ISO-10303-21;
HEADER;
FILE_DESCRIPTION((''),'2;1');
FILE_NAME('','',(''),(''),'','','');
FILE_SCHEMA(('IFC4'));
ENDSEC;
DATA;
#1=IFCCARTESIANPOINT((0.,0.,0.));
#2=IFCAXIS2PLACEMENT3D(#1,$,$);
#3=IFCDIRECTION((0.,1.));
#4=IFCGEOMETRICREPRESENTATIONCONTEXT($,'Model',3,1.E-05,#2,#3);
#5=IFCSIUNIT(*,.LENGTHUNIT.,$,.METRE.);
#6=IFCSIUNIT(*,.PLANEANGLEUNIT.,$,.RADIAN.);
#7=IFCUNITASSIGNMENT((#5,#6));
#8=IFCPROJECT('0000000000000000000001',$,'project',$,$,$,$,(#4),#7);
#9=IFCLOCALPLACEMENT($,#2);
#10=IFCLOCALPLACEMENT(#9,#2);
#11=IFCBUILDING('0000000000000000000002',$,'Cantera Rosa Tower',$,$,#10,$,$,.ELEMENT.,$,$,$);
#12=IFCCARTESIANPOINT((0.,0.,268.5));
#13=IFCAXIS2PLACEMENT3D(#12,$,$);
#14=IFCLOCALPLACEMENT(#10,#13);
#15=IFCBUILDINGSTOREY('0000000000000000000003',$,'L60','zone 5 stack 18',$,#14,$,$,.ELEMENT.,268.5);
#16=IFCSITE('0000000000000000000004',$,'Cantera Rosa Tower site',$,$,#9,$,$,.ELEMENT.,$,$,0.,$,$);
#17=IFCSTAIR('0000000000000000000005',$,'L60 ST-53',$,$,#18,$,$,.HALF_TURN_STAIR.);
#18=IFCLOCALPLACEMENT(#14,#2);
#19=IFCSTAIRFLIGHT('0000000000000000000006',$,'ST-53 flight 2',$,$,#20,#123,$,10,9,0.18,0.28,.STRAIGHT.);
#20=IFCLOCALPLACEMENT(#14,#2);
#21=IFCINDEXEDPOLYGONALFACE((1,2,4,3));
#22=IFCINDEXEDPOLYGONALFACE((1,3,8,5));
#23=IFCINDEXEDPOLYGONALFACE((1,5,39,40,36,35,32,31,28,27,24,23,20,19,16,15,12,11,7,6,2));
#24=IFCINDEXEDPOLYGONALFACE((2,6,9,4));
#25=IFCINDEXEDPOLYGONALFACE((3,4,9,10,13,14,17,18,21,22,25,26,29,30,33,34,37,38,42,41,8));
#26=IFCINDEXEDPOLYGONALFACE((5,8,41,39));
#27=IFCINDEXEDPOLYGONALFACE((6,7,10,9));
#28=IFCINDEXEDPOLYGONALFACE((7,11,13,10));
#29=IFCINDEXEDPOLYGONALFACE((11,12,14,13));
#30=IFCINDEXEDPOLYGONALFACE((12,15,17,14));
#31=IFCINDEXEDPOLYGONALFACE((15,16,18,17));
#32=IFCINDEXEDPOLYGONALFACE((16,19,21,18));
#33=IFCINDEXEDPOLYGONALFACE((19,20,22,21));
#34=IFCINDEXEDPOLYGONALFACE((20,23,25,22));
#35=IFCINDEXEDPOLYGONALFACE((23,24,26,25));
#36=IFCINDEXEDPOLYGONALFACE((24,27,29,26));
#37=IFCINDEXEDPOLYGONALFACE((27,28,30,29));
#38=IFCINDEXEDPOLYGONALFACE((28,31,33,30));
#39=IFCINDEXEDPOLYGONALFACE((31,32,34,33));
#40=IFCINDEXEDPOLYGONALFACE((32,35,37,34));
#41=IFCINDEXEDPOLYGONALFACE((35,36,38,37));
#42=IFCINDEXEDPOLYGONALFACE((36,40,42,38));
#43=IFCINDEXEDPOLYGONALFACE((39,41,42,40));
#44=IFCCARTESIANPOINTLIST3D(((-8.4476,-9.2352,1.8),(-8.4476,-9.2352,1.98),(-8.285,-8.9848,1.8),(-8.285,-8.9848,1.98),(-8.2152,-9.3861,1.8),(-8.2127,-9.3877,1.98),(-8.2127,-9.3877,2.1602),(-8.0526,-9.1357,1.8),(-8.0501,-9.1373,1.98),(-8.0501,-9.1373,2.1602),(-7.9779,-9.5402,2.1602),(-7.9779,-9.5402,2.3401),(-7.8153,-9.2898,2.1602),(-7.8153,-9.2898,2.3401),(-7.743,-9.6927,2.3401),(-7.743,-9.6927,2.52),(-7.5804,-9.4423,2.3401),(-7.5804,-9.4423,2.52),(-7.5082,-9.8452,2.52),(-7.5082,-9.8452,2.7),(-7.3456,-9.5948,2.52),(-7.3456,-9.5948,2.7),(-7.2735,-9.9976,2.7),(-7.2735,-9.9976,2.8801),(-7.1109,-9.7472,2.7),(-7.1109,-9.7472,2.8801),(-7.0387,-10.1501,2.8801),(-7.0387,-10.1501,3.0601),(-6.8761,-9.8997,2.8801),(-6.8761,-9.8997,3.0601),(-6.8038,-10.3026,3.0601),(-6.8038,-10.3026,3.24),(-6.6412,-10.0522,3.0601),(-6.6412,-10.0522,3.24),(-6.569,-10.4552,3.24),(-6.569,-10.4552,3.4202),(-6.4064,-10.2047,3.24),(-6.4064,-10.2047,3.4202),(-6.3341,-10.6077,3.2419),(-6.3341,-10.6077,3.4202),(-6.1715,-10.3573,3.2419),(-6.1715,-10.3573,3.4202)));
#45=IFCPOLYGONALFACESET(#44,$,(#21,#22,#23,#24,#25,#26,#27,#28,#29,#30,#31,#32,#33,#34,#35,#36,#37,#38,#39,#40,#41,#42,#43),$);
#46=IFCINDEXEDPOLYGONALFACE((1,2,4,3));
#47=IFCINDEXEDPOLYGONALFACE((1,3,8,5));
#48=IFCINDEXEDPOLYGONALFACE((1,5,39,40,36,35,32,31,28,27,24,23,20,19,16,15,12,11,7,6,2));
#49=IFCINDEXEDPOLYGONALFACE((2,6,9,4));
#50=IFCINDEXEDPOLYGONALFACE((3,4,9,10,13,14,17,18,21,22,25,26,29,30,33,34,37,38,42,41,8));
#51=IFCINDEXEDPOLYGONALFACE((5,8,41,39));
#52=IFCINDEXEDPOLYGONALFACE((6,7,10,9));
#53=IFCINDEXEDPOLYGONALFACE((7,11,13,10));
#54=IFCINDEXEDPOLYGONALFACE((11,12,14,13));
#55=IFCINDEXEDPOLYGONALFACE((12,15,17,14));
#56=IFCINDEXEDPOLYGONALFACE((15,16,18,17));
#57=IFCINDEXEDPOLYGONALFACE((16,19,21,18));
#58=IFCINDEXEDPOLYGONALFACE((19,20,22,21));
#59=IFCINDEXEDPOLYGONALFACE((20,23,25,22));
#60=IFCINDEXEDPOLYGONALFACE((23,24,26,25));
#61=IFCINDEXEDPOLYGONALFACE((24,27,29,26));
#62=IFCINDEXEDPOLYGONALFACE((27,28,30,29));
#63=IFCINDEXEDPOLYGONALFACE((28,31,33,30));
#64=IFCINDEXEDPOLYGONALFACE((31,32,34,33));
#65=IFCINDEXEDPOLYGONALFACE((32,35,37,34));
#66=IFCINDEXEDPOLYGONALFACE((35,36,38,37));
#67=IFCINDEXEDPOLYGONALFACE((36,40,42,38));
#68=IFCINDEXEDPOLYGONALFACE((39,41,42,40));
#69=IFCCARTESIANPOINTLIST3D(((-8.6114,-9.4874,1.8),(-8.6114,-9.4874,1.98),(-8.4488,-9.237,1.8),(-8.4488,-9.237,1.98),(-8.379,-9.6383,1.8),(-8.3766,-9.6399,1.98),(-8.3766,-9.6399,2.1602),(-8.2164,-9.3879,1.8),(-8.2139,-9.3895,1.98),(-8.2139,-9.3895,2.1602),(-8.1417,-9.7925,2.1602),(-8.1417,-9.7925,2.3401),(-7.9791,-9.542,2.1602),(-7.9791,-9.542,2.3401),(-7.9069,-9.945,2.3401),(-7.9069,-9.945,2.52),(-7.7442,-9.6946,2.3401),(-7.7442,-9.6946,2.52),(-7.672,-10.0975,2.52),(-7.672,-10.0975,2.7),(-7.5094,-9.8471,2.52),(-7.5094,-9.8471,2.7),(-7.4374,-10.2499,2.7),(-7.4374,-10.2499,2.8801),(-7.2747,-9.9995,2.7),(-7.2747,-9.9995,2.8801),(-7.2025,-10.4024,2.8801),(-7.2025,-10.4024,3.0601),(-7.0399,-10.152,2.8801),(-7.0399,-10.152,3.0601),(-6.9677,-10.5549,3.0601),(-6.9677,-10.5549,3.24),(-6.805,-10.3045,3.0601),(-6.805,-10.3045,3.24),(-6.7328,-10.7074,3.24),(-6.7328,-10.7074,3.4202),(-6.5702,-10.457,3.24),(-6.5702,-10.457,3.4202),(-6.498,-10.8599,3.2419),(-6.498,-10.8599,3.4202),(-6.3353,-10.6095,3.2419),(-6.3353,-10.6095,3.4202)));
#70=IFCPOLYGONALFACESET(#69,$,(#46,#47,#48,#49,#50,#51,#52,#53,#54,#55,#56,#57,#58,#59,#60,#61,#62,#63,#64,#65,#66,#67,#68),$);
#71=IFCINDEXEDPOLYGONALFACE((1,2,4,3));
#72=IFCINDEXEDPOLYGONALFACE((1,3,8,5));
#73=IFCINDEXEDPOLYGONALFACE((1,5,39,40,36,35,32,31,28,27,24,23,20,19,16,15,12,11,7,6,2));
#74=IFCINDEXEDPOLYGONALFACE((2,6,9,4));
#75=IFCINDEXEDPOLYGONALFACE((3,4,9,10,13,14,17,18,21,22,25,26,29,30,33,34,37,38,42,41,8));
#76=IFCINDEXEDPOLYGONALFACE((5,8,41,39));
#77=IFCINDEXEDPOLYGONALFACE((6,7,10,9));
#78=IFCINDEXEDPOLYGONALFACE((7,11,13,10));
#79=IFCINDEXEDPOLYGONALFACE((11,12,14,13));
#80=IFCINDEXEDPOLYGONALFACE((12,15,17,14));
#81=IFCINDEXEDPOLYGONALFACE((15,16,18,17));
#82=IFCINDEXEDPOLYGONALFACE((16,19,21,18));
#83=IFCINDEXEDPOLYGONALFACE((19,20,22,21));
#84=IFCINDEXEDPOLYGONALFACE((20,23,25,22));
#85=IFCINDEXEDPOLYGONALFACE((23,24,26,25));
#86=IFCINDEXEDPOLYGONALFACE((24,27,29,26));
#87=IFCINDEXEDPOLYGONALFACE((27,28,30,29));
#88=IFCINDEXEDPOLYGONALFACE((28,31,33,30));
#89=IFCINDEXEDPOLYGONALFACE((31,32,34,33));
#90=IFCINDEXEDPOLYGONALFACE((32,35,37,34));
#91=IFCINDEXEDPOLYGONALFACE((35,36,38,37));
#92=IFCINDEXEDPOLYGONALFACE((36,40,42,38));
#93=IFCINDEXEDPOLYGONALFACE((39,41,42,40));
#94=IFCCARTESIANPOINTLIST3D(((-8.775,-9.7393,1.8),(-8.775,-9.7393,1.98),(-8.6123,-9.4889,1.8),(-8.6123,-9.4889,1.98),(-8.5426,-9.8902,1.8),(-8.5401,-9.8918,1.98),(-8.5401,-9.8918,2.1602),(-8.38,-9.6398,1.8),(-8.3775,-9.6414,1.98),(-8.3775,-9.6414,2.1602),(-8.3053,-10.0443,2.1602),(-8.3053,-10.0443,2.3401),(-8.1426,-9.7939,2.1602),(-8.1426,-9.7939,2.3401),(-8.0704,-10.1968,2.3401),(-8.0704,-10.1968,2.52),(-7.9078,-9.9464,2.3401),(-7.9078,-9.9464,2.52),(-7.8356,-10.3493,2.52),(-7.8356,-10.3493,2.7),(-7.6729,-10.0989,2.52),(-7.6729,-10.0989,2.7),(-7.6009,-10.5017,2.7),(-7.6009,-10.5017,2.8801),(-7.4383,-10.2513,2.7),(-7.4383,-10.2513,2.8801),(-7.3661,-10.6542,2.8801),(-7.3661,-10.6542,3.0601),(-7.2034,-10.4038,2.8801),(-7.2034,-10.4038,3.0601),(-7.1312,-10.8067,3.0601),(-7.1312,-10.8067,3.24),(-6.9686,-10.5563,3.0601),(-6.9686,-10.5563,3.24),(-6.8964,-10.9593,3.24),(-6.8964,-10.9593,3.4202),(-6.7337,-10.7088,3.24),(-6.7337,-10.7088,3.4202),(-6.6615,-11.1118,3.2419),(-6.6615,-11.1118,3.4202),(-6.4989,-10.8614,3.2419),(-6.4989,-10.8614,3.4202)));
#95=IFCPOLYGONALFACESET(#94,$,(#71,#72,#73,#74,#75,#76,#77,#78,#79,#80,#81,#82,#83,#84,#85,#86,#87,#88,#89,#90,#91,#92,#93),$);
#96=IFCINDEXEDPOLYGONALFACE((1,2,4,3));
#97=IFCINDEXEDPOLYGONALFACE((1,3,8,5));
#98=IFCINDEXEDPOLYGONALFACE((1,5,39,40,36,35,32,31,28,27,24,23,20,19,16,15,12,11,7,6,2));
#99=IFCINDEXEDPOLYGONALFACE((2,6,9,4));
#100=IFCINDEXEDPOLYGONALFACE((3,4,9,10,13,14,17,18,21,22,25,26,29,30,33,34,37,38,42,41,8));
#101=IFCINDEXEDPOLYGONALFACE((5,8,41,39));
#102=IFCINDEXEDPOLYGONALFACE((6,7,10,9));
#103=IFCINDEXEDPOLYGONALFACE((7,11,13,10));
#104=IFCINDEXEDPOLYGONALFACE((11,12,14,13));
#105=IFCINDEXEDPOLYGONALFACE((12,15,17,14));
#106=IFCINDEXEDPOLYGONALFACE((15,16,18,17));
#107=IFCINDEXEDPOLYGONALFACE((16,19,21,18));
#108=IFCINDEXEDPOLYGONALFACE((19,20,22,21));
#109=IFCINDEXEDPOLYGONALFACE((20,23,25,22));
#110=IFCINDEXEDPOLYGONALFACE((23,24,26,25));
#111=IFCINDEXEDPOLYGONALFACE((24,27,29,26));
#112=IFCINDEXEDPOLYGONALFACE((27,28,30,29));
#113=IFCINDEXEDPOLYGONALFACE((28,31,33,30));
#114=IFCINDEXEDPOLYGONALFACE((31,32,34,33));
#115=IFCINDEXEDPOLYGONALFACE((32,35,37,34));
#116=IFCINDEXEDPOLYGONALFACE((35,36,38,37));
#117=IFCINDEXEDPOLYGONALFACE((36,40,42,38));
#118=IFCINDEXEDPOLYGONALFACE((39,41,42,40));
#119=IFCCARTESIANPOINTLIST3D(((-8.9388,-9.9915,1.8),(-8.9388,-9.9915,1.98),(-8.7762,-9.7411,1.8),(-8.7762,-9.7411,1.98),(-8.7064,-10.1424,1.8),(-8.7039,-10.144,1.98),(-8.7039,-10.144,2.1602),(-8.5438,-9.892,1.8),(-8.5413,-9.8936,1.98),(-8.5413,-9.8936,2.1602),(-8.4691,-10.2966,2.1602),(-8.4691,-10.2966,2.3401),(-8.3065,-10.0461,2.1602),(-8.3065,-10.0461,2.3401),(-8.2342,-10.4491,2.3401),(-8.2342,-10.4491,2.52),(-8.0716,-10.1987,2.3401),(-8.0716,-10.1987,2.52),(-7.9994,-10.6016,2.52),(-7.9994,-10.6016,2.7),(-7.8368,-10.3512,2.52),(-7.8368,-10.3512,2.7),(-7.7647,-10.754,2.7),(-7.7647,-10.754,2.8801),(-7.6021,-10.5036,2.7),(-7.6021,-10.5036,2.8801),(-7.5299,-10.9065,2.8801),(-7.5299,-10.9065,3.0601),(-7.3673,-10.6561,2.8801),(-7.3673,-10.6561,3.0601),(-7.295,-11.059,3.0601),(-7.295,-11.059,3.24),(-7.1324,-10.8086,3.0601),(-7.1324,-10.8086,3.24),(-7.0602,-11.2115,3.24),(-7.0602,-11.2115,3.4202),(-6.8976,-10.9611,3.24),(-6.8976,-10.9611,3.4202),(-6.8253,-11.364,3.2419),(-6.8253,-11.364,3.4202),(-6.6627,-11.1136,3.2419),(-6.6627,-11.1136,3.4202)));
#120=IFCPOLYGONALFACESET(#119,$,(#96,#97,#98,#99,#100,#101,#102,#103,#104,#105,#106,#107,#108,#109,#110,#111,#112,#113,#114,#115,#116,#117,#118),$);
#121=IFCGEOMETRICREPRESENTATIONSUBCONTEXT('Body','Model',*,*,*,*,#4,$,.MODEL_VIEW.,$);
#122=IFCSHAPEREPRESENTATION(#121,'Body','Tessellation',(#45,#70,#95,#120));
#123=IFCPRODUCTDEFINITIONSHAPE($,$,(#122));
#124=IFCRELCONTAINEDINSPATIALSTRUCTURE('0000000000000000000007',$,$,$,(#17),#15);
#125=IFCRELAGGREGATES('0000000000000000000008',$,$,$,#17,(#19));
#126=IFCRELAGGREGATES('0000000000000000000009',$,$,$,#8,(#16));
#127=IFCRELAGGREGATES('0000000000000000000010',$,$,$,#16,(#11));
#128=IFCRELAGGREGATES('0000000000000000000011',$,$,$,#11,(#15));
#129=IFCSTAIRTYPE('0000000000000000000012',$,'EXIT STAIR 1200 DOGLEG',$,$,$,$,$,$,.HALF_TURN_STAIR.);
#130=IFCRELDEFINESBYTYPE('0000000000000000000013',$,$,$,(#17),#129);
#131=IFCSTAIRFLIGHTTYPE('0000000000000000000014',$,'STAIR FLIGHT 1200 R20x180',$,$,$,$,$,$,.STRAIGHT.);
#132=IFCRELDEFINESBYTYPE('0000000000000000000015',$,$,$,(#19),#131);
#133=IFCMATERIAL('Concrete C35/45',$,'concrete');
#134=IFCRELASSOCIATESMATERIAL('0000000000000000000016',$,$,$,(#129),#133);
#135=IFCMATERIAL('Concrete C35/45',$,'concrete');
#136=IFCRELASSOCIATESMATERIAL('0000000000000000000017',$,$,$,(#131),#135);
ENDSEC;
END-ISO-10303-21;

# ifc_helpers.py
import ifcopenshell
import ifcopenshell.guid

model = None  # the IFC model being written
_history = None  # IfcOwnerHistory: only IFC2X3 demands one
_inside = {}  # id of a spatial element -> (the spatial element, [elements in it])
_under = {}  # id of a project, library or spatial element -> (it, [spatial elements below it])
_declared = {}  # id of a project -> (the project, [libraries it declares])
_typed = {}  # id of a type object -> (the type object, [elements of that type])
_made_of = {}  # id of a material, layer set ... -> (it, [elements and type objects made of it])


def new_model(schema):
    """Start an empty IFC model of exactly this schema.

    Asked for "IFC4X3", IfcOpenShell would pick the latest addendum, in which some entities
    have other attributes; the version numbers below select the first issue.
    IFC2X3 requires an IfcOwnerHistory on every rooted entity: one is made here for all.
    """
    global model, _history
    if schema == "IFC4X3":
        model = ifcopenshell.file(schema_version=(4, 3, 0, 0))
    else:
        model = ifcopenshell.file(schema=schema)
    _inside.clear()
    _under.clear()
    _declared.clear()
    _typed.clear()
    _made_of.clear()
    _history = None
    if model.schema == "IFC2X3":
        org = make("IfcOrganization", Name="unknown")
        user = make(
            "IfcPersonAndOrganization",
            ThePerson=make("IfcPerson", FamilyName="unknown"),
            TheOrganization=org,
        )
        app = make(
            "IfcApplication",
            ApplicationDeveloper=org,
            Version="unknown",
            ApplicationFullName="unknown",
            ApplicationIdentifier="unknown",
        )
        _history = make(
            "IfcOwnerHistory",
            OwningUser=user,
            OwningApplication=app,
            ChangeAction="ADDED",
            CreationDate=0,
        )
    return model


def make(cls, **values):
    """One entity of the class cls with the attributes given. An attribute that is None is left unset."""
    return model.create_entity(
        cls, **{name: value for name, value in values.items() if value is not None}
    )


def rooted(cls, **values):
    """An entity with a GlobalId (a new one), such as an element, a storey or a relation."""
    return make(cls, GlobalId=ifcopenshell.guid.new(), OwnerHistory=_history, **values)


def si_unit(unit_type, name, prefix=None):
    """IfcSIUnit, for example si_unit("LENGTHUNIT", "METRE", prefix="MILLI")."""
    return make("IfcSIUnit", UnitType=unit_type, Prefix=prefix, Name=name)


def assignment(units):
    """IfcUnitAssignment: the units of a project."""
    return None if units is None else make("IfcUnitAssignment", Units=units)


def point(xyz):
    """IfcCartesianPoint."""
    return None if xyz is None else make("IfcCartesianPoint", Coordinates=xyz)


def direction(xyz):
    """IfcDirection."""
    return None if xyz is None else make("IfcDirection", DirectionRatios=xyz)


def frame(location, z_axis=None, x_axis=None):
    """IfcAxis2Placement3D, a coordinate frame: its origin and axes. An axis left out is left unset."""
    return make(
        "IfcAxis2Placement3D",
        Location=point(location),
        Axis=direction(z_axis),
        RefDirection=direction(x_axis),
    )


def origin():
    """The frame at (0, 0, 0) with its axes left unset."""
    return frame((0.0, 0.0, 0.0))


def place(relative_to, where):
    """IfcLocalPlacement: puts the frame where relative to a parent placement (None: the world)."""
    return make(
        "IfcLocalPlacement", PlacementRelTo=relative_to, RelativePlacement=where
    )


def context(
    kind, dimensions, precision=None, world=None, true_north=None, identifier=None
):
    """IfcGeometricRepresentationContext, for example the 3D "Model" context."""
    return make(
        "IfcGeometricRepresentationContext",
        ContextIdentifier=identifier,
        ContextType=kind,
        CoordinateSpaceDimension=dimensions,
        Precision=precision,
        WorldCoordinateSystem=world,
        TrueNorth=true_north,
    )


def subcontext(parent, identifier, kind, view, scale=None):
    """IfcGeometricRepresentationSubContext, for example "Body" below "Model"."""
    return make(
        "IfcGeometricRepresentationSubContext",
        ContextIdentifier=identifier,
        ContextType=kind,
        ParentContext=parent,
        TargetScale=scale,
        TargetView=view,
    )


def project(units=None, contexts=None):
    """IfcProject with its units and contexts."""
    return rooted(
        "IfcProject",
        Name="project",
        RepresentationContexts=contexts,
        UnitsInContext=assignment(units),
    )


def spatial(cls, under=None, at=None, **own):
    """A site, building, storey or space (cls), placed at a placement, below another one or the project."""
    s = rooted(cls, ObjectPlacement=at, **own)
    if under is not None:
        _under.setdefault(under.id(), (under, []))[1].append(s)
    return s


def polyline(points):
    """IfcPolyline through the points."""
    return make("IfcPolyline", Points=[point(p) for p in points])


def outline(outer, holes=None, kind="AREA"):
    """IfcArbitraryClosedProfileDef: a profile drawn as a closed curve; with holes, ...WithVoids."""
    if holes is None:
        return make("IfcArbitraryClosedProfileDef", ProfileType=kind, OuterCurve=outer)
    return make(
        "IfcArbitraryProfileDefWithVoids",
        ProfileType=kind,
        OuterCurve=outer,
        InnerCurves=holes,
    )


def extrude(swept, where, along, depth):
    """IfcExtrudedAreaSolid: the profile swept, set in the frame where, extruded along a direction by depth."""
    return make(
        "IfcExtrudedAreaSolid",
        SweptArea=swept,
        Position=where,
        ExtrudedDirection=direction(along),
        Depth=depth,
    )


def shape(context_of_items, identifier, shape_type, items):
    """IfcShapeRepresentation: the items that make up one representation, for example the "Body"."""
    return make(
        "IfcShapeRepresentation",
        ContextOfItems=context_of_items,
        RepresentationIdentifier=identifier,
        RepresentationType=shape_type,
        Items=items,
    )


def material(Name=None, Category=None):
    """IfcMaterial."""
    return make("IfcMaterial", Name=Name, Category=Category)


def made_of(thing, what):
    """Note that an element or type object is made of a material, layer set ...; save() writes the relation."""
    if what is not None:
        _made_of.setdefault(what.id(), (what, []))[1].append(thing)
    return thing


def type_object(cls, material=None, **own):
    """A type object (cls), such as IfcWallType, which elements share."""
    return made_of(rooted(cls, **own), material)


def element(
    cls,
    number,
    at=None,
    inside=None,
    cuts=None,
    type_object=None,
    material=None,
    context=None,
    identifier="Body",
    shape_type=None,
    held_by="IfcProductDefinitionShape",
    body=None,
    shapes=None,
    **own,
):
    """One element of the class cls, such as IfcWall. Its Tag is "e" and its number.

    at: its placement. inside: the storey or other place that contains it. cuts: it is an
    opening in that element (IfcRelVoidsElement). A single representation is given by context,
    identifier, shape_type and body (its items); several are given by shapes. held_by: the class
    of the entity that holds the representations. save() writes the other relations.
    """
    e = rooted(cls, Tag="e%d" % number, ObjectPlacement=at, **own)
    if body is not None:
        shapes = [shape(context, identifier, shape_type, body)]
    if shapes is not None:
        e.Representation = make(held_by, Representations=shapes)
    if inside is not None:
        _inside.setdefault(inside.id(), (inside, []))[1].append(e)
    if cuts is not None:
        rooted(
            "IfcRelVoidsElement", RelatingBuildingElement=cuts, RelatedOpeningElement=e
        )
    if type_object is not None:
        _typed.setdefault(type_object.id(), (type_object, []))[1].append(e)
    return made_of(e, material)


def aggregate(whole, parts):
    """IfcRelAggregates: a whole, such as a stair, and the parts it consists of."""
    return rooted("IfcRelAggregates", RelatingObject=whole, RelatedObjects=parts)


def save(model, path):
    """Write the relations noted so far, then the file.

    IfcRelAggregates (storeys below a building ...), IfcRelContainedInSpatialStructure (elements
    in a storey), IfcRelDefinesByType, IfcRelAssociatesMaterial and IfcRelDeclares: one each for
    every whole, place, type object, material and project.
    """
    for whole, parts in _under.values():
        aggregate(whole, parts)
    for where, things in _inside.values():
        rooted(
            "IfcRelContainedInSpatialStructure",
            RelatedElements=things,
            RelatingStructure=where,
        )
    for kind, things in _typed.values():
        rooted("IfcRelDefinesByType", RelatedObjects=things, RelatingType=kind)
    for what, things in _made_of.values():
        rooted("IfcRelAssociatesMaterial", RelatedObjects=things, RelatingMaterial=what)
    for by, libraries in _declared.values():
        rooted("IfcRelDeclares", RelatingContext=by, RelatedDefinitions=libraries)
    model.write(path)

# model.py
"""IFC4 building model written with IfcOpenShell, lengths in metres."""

from ifc_helpers import new_model, si_unit, direction, frame, origin, place, context, subcontext, project, spatial, polyline, outline, extrude, material, type_object, element, aggregate, save


model = new_model("IFC4")

# Units and contexts
model_context = context("Model", 3, precision=1e-05, world=origin(), true_north=direction((0.0, 1.0)))
body_context = subcontext(model_context, "Body", "Model", "MODEL_VIEW")
ifc_project = project(units=[si_unit("LENGTHUNIT", "METRE"), si_unit("PLANEANGLEUNIT", "RADIAN")], contexts=[model_context])

# Site, building, storey
site_placement = place(None, origin())
site = spatial("IfcSite", under=ifc_project, at=site_placement, Name="Cantera Rosa Tower site", CompositionType="ELEMENT", RefElevation=0.0)
building_placement = place(site_placement, origin())
building = spatial("IfcBuilding", under=site, at=building_placement, Name="Cantera Rosa Tower", CompositionType="ELEMENT")
storey_placement = place(building_placement, frame((0.0, 0.0, 268.5)))
storey = spatial("IfcBuildingStorey", under=building, at=storey_placement, Name="L60", Description="zone 5 stack 18", CompositionType="ELEMENT", Elevation=268.5)

# Stair, stair flight
ifc_material_1 = material(Name="Concrete C35/45", Category="concrete")
stair_type_1 = type_object("IfcStairType", Name="EXIT STAIR 1200 DOGLEG", PredefinedType="HALF_TURN_STAIR", material=ifc_material_1)
stair_1_placement = place(storey_placement, origin())
stair_1 = element("IfcStair", 1, at=stair_1_placement, inside=storey, type_object=stair_type_1, Name="L60 ST-53", PredefinedType="HALF_TURN_STAIR")
ifc_material_2 = material(Name="Concrete C35/45", Category="concrete")
stair_flight_type_1 = type_object("IfcStairFlightType", Name="STAIR FLIGHT 1200 R20x180", PredefinedType="STRAIGHT", material=ifc_material_2)
stair_flight_1_placement = place(storey_placement, frame((-8.6118, -9.488, 1.8), z_axis=(0.0, 0.0, 1.0), x_axis=(0.838671, -0.544639, 0.0)))
stair_flight_1 = element("IfcStairFlight", 2, at=stair_flight_1_placement, type_object=stair_flight_type_1, Name="ST-53 flight 2", NumberOfRisers=10, NumberOfTreads=9, PredefinedType="STRAIGHT", RiserHeight=0.18, TreadLength=0.28, context=body_context, shape_type="SweptSolid", body=[
    extrude(outline(polyline([(0.0, 0.0), (0.0, 0.1799), (0.28, 0.1799), (0.28, 0.3601), (0.5601, 0.3601), (0.5601, 0.54), (0.8401, 0.54), (0.8401, 0.72), (1.1201, 0.72), (1.1201, 0.8999), (1.3999, 0.8999), (1.3999, 1.0801), (1.6799, 1.0801), (1.6799, 1.26), (1.96, 1.26), (1.96, 1.4399), (2.24, 1.4399), (2.24, 1.6201), (2.52, 1.6201), (2.52, 1.8), (2.52, 1.4419), (0.2771, 0.0), (0.0, 0.0)])), frame((0.0, 0.6001, 0.0), z_axis=(0.0, -1.0, 0.0), x_axis=(1.0, 0.0, 0.0)), (0.0, 0.0, 1.0), 0.2986),
    extrude(outline(polyline([(0.0, 0.0), (0.0, 0.1799), (0.28, 0.1799), (0.28, 0.3601), (0.5601, 0.3601), (0.5601, 0.54), (0.8401, 0.54), (0.8401, 0.72), (1.1201, 0.72), (1.1201, 0.8999), (1.3999, 0.8999), (1.3999, 1.0801), (1.6799, 1.0801), (1.6799, 1.26), (1.96, 1.26), (1.96, 1.4399), (2.24, 1.4399), (2.24, 1.6201), (2.52, 1.6201), (2.52, 1.8), (2.52, 1.4419), (0.2771, 0.0), (0.0, 0.0)])), frame((0.0, 0.2993, 0.0), z_axis=(0.0, -1.0, 0.0), x_axis=(1.0, 0.0, 0.0)), (0.0, 0.0, 1.0), 0.2986),
    extrude(outline(polyline([(0.0, 0.0), (0.0, 0.1799), (0.28, 0.1799), (0.28, 0.3601), (0.5601, 0.3601), (0.5601, 0.54), (0.8401, 0.54), (0.8401, 0.72), (1.1201, 0.72), (1.1201, 0.8999), (1.3999, 0.8999), (1.3999, 1.0801), (1.6799, 1.0801), (1.6799, 1.26), (1.96, 1.26), (1.96, 1.4399), (2.24, 1.4399), (2.24, 1.6201), (2.52, 1.6201), (2.52, 1.8), (2.52, 1.4419), (0.2771, 0.0), (0.0, 0.0)])), frame((0.0, -0.001, 0.0), z_axis=(0.0, -1.0, 0.0), x_axis=(1.0, 0.0, 0.0)), (0.0, 0.0, 1.0), 0.2986),
    extrude(outline(polyline([(0.0, 0.0), (0.0, 0.1799), (0.28, 0.1799), (0.28, 0.3601), (0.5601, 0.3601), (0.5601, 0.54), (0.8401, 0.54), (0.8401, 0.72), (1.1201, 0.72), (1.1201, 0.8999), (1.3999, 0.8999), (1.3999, 1.0801), (1.6799, 1.0801), (1.6799, 1.26), (1.96, 1.26), (1.96, 1.4399), (2.24, 1.4399), (2.24, 1.6201), (2.52, 1.6201), (2.52, 1.8), (2.52, 1.4419), (0.2771, 0.0), (0.0, 0.0)])), frame((0.0, -0.3018, 0.0), z_axis=(0.0, -1.0, 0.0), x_axis=(1.0, 0.0, 0.0)), (0.0, 0.0, 1.0), 0.2986),
])
aggregate(stair_1, [stair_flight_1])

save(model, "model.ifc")
